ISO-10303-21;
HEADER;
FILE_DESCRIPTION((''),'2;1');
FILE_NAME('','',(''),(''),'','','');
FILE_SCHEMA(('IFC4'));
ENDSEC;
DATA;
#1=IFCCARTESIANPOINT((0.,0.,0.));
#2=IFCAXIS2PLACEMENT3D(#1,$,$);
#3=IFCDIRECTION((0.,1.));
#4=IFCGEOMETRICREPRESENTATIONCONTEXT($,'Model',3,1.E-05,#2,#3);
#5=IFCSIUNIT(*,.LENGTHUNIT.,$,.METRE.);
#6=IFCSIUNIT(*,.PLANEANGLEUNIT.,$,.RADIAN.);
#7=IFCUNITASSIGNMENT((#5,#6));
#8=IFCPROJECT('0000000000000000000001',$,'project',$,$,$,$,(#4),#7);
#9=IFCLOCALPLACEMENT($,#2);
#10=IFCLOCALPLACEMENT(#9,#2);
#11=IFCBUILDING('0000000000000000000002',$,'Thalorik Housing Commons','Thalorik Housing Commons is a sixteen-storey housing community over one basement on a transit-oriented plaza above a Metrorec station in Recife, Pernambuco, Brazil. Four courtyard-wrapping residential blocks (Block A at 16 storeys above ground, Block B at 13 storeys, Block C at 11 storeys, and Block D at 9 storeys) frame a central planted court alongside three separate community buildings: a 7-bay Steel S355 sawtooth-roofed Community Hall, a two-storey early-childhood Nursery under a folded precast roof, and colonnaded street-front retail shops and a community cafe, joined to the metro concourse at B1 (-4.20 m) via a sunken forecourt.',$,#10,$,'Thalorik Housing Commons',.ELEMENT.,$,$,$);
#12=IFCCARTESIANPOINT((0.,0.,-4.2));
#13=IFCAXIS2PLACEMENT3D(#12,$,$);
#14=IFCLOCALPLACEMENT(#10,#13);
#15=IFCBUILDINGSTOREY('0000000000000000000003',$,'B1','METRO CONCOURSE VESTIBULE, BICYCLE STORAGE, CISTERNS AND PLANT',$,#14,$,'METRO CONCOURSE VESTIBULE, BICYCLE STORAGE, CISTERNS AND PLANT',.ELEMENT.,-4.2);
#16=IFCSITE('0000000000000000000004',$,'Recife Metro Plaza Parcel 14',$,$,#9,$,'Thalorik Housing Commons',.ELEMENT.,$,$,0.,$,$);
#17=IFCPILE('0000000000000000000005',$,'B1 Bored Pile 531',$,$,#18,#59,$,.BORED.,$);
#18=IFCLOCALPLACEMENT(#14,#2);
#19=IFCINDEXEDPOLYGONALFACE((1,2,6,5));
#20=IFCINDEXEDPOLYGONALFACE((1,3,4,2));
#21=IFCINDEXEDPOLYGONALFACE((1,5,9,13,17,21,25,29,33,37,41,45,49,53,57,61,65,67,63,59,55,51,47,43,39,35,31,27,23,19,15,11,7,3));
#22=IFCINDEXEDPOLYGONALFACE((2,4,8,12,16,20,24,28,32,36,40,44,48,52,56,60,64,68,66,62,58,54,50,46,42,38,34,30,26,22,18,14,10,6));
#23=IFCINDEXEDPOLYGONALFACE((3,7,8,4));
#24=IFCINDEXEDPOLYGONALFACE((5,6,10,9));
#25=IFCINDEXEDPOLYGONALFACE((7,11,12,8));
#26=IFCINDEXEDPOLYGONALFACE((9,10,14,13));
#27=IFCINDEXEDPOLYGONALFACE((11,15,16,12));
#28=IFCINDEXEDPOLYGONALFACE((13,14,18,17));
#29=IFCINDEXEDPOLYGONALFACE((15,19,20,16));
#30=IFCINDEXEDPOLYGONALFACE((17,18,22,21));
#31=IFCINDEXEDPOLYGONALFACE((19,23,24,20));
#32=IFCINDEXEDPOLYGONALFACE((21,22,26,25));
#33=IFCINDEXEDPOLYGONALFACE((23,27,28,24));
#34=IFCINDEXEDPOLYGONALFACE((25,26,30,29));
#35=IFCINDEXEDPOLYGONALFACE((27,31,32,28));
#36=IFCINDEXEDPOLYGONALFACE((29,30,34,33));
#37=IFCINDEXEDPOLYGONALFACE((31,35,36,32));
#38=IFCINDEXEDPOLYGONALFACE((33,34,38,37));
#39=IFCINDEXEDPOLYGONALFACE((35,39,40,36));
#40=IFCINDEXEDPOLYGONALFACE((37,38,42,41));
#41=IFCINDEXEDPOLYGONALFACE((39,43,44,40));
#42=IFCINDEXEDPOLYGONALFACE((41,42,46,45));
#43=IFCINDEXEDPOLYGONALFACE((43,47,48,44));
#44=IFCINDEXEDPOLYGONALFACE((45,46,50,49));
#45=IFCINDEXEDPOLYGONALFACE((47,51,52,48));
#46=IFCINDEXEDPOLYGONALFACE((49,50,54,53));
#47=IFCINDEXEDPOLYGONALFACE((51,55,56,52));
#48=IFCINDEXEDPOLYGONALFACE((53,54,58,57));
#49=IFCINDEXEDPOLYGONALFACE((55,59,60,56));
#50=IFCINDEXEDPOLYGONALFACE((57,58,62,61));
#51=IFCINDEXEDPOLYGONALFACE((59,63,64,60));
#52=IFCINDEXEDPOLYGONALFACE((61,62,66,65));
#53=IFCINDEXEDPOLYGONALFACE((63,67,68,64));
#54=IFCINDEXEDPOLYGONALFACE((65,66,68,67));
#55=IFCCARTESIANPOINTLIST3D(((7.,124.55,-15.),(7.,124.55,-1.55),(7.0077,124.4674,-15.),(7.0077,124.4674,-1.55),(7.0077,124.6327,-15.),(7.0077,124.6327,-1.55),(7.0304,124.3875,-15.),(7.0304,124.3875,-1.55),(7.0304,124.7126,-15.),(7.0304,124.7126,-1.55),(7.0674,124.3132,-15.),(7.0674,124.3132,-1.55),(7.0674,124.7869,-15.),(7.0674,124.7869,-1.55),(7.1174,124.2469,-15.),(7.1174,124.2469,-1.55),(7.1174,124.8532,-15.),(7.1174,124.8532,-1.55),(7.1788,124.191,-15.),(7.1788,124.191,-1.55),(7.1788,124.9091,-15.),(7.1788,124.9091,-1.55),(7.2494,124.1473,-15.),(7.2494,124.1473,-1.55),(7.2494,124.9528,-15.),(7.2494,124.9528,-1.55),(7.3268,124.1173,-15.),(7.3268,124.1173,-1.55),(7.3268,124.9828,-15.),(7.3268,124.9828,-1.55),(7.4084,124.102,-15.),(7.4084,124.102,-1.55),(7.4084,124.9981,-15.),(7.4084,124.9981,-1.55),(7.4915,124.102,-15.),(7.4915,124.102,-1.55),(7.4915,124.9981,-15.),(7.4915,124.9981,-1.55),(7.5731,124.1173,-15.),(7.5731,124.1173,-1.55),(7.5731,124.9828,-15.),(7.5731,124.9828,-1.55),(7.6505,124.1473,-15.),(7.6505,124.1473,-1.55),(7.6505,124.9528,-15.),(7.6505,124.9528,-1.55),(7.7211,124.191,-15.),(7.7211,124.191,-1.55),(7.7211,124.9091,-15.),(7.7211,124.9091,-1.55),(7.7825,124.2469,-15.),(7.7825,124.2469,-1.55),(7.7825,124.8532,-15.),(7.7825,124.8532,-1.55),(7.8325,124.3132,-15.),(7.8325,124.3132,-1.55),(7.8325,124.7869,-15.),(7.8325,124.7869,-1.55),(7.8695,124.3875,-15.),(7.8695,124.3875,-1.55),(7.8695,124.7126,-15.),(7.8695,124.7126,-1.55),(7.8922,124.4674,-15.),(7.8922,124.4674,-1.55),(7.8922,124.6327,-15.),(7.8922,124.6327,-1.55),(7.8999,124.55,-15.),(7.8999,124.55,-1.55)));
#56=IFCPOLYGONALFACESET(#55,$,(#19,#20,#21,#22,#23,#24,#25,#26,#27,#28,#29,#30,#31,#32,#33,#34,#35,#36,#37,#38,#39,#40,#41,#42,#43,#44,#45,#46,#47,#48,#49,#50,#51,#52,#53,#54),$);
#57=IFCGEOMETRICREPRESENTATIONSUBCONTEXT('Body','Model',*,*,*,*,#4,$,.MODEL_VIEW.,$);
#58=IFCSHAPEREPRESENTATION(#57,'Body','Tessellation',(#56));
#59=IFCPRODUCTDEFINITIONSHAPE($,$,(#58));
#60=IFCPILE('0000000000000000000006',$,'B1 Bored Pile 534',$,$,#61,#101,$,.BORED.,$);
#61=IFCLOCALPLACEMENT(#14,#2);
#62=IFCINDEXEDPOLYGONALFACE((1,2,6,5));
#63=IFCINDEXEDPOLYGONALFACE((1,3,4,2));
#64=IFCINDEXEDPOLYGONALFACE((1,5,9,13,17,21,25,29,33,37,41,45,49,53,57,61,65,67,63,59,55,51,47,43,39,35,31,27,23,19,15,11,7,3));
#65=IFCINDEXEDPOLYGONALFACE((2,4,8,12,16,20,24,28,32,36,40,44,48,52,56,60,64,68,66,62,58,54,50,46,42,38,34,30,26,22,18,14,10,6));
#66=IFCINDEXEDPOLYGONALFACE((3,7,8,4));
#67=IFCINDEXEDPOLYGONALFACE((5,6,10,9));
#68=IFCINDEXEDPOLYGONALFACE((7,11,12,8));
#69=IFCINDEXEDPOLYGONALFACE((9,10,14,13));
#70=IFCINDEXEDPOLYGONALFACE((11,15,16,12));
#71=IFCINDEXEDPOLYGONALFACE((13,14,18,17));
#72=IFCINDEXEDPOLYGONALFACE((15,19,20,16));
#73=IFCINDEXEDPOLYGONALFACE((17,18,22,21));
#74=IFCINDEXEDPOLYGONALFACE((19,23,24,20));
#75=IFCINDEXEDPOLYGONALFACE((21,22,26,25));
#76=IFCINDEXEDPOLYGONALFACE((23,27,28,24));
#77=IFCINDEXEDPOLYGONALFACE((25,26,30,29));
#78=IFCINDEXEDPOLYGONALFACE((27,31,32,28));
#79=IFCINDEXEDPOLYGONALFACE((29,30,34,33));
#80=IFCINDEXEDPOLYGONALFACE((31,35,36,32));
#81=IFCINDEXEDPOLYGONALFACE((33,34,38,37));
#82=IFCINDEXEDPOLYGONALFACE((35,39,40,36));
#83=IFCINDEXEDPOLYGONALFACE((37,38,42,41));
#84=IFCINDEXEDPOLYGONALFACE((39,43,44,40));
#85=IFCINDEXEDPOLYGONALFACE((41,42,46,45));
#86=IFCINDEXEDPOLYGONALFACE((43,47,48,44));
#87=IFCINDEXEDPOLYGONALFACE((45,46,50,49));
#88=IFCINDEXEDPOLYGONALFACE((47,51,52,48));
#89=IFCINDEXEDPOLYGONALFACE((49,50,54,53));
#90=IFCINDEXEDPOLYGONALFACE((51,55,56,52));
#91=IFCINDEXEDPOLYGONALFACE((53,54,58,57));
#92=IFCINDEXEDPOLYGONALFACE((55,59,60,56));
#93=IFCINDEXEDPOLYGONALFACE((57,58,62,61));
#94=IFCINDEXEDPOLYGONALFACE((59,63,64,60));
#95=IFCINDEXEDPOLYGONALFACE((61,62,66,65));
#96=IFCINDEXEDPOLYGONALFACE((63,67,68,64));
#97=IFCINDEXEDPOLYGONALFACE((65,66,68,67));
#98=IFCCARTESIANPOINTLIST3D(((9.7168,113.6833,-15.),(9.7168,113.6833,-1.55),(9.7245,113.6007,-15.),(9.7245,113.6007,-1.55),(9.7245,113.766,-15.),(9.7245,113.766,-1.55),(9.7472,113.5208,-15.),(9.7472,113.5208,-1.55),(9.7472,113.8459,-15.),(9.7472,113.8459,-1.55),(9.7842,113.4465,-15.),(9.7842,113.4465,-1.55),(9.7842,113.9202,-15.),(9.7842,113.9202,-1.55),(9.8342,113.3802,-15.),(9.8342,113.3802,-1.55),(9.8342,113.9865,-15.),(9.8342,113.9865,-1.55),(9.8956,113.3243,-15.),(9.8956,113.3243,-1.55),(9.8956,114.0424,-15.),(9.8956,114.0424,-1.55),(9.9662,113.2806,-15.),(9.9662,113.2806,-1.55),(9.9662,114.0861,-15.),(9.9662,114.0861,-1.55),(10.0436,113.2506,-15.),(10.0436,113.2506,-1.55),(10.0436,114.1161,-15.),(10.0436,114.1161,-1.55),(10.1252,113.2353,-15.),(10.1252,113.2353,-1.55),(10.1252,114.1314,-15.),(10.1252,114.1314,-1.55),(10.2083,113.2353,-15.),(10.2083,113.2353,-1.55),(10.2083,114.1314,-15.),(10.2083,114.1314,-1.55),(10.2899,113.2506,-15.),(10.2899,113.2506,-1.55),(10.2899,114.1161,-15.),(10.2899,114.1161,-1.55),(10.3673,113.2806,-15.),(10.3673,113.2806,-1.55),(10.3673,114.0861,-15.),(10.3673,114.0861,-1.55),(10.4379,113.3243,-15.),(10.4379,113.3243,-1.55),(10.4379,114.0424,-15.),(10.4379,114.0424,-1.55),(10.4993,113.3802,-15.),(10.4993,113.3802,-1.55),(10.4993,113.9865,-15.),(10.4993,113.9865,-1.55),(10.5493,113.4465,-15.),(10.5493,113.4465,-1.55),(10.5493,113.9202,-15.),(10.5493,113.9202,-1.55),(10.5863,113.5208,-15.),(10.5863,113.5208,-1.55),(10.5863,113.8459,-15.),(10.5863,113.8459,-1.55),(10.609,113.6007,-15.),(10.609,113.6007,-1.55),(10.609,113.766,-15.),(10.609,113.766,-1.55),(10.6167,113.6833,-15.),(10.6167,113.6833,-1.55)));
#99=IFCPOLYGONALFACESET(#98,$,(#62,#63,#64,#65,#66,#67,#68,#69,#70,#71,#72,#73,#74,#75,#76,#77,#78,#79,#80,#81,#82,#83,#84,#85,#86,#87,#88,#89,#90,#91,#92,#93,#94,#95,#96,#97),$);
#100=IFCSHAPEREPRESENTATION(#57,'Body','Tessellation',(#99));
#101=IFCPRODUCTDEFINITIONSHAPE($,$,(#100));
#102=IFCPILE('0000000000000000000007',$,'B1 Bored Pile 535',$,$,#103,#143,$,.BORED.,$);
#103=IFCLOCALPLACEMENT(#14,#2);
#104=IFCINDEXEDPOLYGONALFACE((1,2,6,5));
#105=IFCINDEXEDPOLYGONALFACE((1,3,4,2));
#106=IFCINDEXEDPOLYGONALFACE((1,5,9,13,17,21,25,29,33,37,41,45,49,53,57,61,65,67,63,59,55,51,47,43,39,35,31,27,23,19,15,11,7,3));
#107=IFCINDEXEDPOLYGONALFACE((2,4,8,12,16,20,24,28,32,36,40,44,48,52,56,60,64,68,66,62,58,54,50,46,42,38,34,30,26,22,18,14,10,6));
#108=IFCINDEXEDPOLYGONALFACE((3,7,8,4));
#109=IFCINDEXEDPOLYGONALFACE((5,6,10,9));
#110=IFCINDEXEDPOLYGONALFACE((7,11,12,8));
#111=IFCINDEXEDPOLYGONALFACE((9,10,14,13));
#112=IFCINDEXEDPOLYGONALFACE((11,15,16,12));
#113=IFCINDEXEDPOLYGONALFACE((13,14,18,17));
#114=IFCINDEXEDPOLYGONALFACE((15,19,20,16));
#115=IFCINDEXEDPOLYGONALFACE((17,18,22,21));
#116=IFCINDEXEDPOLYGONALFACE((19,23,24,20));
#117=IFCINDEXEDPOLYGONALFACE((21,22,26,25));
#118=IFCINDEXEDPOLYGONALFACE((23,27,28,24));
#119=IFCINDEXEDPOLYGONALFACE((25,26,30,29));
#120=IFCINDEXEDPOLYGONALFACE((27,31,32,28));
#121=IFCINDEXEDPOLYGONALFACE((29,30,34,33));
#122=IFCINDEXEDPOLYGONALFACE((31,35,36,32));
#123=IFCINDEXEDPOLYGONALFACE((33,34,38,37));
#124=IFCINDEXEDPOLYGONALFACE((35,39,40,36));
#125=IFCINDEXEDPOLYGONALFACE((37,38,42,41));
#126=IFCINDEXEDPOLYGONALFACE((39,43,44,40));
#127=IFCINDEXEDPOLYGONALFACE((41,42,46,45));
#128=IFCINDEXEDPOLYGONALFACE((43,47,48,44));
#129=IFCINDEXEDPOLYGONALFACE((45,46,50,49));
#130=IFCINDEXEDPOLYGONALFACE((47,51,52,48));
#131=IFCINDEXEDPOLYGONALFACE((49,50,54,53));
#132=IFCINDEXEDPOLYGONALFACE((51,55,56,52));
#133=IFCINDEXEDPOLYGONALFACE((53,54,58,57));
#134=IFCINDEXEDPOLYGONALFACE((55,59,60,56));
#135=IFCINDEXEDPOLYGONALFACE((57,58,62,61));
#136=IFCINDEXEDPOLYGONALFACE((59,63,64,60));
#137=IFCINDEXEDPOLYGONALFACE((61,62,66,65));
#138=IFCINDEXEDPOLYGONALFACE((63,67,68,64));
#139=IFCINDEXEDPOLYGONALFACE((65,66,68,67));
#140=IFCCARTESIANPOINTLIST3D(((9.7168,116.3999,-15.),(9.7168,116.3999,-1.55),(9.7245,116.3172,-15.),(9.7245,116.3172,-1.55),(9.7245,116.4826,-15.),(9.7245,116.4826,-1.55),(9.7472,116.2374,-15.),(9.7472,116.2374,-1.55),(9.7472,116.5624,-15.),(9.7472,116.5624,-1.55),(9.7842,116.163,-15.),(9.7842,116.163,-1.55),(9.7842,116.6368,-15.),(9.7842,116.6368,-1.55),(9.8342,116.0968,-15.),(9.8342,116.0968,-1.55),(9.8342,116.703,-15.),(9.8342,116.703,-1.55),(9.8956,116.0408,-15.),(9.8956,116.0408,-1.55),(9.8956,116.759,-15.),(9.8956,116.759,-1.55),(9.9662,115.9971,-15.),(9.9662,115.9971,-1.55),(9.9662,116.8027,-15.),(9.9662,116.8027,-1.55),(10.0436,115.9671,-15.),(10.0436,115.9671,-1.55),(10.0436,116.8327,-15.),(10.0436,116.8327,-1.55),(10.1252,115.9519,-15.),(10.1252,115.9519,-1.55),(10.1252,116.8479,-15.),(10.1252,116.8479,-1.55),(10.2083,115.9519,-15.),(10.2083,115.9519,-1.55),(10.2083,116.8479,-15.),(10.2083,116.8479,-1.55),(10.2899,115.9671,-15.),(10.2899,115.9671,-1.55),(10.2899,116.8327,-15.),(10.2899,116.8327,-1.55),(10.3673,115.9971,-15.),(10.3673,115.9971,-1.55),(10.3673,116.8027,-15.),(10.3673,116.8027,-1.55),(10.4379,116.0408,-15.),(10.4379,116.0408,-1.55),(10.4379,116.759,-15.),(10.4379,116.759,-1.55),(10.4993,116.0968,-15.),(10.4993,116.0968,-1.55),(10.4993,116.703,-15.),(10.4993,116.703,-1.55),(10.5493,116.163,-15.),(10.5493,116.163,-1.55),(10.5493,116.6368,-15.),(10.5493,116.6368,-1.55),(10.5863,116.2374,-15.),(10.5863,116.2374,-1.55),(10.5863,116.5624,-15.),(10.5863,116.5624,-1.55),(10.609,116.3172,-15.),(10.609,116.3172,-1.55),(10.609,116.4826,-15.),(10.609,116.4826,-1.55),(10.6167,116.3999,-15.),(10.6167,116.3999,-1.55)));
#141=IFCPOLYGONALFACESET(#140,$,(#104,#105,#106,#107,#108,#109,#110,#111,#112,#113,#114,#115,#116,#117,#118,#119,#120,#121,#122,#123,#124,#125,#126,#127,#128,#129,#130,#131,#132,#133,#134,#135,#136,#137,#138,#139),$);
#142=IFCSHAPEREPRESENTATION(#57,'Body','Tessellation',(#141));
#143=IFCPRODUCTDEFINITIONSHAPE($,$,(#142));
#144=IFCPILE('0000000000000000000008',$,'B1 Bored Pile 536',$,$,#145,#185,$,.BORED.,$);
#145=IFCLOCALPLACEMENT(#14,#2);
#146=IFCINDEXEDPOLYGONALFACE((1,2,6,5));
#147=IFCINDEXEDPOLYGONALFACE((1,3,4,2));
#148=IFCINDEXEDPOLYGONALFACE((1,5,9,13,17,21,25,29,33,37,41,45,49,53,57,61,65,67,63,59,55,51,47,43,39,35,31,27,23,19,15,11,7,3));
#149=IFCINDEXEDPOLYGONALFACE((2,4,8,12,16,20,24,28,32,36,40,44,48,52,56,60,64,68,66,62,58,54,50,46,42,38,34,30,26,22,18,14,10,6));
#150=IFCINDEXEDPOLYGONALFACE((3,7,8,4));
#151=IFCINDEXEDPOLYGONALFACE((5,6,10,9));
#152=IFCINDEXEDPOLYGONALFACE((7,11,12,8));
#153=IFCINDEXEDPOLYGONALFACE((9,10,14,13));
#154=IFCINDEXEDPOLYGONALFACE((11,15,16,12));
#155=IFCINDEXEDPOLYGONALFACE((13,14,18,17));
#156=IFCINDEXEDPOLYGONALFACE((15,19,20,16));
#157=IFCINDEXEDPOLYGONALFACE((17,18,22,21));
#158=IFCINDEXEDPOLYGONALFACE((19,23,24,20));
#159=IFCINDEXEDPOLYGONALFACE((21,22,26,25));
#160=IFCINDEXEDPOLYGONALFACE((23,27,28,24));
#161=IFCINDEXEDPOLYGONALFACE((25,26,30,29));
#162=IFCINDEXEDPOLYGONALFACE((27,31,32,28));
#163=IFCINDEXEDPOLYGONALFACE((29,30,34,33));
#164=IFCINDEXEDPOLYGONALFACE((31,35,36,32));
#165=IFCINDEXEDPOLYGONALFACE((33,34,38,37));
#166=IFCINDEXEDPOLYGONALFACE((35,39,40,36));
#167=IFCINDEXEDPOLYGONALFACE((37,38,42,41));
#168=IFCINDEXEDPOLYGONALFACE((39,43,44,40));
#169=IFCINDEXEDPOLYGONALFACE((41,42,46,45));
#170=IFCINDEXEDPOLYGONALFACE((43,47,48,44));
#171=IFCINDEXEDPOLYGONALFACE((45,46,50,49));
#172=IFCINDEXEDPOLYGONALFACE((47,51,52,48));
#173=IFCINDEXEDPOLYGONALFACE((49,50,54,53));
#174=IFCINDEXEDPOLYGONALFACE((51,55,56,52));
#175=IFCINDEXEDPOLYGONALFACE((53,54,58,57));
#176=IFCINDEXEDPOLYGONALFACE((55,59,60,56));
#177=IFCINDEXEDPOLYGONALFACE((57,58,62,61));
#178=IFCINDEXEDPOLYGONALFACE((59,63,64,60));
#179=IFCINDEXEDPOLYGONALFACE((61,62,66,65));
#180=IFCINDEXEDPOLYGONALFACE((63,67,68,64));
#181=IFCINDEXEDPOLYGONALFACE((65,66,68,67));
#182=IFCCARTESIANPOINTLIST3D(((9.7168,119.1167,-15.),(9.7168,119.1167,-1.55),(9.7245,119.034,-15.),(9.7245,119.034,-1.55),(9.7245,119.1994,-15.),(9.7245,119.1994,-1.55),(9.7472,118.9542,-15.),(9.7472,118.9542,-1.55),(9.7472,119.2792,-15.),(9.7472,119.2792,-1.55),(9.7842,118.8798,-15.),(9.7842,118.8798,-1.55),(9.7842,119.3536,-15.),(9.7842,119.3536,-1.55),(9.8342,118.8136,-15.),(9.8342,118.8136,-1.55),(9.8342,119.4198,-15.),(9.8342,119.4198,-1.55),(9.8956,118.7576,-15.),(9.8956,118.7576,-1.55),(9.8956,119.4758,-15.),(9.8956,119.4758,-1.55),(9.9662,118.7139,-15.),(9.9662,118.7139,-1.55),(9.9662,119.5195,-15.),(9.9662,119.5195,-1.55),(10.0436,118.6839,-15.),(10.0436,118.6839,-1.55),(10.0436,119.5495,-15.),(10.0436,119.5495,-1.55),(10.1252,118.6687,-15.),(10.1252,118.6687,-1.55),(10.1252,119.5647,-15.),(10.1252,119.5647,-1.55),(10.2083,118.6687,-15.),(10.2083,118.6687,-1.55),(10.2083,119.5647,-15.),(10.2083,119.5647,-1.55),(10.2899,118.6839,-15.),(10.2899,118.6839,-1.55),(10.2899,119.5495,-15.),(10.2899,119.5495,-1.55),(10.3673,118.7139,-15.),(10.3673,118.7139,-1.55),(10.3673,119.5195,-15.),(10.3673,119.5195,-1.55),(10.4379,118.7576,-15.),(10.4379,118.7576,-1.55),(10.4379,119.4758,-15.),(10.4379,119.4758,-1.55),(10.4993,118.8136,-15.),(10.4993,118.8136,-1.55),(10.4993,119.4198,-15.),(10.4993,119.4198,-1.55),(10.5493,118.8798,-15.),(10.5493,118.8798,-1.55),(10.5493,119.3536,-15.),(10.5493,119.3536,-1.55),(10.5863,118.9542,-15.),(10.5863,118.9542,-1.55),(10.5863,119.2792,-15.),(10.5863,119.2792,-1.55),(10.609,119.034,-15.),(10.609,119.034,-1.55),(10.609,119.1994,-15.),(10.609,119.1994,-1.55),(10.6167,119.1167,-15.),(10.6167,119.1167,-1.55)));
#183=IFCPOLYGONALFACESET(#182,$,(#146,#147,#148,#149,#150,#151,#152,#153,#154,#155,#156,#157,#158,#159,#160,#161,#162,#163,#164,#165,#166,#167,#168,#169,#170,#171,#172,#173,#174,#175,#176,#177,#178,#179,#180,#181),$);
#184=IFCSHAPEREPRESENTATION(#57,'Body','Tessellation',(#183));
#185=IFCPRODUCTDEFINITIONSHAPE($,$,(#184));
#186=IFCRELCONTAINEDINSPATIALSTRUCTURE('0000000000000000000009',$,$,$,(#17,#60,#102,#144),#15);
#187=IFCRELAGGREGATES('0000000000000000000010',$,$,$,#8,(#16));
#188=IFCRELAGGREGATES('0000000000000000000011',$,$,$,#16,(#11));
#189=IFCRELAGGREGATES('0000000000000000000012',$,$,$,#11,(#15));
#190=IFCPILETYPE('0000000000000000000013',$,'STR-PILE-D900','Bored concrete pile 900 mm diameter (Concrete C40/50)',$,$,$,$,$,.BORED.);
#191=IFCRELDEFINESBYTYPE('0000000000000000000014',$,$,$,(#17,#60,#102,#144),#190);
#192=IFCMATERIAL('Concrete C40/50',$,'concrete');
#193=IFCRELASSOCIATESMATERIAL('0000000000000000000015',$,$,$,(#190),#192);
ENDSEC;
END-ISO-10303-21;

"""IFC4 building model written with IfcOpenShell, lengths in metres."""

from ifc_helpers import new_model, si_unit, direction, frame, origin, origin_2d, place, context, subcontext, project, spatial, circle, extrude, material, material_profile, profile_set, type_object, element, save


model = new_model("IFC4")

# Units and contexts
model_context = context("Model", 3, precision=1e-05, world=origin(), true_north=direction((0.0, 1.0)))
body_context = subcontext(model_context, "Body", "Model", "MODEL_VIEW")
ifc_project = project(units=[si_unit("LENGTHUNIT", "METRE"), si_unit("PLANEANGLEUNIT", "RADIAN")], contexts=[model_context])

# Site, building, storey
site_placement = place(None, origin())
site = spatial("IfcSite", under=ifc_project, at=site_placement, Name="Recife Metro Plaza Parcel 14", LongName="Thalorik Housing Commons", CompositionType="ELEMENT", RefElevation=0.0)
building_placement = place(site_placement, origin())
building = spatial("IfcBuilding", under=site, at=building_placement, Name="Thalorik Housing Commons", Description="Thalorik Housing Commons is a sixteen-storey housing community over one basement on a transit-oriented plaza above a Metrorec station in Recife, Pernambuco, Brazil. Four courtyard-wrapping residential blocks (Block A at 16 storeys above ground, Block B at 13 storeys, Block C at 11 storeys, and Block D at 9 storeys) frame a central planted court alongside three separate community buildings: a 7-bay Steel S355 sawtooth-roofed Community Hall, a two-storey early-childhood Nursery under a folded precast roof, and colonnaded street-front retail shops and a community cafe, joined to the metro concourse at B1 (-4.20 m) via a sunken forecourt.", LongName="Thalorik Housing Commons", CompositionType="ELEMENT")
storey_placement = place(building_placement, frame((0.0, 0.0, -4.2)))
storey = spatial("IfcBuildingStorey", under=building, at=storey_placement, Name="B1", Description="METRO CONCOURSE VESTIBULE, BICYCLE STORAGE, CISTERNS AND PLANT", LongName="METRO CONCOURSE VESTIBULE, BICYCLE STORAGE, CISTERNS AND PLANT", CompositionType="ELEMENT", Elevation=-4.2)

# Piles
ifc_material_1 = material(Name="Concrete C40/50", Category="concrete")
ifc_material_profile_1 = material_profile(ifc_material_1, circle(Radius=0.45, at=origin_2d()), Name="BORED PILE D900", Category="concrete")
ifc_profile_set_1 = profile_set([ifc_material_profile_1], Name="Concrete C40/50")
pile_type = type_object("IfcPileType", Name="STR-PILE-D900", Description="Bored concrete pile 900 mm diameter (Concrete C40/50)", PredefinedType="BORED", material=ifc_profile_set_1)
for number, where, z_axis, x_axis, name in (
    (1, (7.45, 124.55, -1.55), (0.0, 0.0, -1.0), (1.0, 0.0, 0.0), "B1 Bored Pile 531"),
    (2, (10.1667, 113.6833, -1.55), (0.0, 0.0, -1.0), (1.0, 0.0, 0.0), "B1 Bored Pile 534"),
    (3, (10.1667, 116.3999, -1.55), (0.0, 0.0, -1.0), (1.0, 0.0, 0.0), "B1 Bored Pile 535"),
    (4, (10.1667, 119.1167, -1.55), (0.0, 0.0, -1.0), (1.0, 0.0, 0.0), "B1 Bored Pile 536"),
):
    element("IfcPile", number, at=place(storey_placement, frame(where, z_axis=z_axis, x_axis=x_axis)), inside=storey, type_object=pile_type, Name=name, PredefinedType="BORED", context=body_context, shape_type="SweptSolid", body=[
        extrude(circle(Radius=0.45, at=origin_2d()), origin(), (0.0, 0.0, 1.0), 13.45),
    ])

save(model, "model.ifc")
